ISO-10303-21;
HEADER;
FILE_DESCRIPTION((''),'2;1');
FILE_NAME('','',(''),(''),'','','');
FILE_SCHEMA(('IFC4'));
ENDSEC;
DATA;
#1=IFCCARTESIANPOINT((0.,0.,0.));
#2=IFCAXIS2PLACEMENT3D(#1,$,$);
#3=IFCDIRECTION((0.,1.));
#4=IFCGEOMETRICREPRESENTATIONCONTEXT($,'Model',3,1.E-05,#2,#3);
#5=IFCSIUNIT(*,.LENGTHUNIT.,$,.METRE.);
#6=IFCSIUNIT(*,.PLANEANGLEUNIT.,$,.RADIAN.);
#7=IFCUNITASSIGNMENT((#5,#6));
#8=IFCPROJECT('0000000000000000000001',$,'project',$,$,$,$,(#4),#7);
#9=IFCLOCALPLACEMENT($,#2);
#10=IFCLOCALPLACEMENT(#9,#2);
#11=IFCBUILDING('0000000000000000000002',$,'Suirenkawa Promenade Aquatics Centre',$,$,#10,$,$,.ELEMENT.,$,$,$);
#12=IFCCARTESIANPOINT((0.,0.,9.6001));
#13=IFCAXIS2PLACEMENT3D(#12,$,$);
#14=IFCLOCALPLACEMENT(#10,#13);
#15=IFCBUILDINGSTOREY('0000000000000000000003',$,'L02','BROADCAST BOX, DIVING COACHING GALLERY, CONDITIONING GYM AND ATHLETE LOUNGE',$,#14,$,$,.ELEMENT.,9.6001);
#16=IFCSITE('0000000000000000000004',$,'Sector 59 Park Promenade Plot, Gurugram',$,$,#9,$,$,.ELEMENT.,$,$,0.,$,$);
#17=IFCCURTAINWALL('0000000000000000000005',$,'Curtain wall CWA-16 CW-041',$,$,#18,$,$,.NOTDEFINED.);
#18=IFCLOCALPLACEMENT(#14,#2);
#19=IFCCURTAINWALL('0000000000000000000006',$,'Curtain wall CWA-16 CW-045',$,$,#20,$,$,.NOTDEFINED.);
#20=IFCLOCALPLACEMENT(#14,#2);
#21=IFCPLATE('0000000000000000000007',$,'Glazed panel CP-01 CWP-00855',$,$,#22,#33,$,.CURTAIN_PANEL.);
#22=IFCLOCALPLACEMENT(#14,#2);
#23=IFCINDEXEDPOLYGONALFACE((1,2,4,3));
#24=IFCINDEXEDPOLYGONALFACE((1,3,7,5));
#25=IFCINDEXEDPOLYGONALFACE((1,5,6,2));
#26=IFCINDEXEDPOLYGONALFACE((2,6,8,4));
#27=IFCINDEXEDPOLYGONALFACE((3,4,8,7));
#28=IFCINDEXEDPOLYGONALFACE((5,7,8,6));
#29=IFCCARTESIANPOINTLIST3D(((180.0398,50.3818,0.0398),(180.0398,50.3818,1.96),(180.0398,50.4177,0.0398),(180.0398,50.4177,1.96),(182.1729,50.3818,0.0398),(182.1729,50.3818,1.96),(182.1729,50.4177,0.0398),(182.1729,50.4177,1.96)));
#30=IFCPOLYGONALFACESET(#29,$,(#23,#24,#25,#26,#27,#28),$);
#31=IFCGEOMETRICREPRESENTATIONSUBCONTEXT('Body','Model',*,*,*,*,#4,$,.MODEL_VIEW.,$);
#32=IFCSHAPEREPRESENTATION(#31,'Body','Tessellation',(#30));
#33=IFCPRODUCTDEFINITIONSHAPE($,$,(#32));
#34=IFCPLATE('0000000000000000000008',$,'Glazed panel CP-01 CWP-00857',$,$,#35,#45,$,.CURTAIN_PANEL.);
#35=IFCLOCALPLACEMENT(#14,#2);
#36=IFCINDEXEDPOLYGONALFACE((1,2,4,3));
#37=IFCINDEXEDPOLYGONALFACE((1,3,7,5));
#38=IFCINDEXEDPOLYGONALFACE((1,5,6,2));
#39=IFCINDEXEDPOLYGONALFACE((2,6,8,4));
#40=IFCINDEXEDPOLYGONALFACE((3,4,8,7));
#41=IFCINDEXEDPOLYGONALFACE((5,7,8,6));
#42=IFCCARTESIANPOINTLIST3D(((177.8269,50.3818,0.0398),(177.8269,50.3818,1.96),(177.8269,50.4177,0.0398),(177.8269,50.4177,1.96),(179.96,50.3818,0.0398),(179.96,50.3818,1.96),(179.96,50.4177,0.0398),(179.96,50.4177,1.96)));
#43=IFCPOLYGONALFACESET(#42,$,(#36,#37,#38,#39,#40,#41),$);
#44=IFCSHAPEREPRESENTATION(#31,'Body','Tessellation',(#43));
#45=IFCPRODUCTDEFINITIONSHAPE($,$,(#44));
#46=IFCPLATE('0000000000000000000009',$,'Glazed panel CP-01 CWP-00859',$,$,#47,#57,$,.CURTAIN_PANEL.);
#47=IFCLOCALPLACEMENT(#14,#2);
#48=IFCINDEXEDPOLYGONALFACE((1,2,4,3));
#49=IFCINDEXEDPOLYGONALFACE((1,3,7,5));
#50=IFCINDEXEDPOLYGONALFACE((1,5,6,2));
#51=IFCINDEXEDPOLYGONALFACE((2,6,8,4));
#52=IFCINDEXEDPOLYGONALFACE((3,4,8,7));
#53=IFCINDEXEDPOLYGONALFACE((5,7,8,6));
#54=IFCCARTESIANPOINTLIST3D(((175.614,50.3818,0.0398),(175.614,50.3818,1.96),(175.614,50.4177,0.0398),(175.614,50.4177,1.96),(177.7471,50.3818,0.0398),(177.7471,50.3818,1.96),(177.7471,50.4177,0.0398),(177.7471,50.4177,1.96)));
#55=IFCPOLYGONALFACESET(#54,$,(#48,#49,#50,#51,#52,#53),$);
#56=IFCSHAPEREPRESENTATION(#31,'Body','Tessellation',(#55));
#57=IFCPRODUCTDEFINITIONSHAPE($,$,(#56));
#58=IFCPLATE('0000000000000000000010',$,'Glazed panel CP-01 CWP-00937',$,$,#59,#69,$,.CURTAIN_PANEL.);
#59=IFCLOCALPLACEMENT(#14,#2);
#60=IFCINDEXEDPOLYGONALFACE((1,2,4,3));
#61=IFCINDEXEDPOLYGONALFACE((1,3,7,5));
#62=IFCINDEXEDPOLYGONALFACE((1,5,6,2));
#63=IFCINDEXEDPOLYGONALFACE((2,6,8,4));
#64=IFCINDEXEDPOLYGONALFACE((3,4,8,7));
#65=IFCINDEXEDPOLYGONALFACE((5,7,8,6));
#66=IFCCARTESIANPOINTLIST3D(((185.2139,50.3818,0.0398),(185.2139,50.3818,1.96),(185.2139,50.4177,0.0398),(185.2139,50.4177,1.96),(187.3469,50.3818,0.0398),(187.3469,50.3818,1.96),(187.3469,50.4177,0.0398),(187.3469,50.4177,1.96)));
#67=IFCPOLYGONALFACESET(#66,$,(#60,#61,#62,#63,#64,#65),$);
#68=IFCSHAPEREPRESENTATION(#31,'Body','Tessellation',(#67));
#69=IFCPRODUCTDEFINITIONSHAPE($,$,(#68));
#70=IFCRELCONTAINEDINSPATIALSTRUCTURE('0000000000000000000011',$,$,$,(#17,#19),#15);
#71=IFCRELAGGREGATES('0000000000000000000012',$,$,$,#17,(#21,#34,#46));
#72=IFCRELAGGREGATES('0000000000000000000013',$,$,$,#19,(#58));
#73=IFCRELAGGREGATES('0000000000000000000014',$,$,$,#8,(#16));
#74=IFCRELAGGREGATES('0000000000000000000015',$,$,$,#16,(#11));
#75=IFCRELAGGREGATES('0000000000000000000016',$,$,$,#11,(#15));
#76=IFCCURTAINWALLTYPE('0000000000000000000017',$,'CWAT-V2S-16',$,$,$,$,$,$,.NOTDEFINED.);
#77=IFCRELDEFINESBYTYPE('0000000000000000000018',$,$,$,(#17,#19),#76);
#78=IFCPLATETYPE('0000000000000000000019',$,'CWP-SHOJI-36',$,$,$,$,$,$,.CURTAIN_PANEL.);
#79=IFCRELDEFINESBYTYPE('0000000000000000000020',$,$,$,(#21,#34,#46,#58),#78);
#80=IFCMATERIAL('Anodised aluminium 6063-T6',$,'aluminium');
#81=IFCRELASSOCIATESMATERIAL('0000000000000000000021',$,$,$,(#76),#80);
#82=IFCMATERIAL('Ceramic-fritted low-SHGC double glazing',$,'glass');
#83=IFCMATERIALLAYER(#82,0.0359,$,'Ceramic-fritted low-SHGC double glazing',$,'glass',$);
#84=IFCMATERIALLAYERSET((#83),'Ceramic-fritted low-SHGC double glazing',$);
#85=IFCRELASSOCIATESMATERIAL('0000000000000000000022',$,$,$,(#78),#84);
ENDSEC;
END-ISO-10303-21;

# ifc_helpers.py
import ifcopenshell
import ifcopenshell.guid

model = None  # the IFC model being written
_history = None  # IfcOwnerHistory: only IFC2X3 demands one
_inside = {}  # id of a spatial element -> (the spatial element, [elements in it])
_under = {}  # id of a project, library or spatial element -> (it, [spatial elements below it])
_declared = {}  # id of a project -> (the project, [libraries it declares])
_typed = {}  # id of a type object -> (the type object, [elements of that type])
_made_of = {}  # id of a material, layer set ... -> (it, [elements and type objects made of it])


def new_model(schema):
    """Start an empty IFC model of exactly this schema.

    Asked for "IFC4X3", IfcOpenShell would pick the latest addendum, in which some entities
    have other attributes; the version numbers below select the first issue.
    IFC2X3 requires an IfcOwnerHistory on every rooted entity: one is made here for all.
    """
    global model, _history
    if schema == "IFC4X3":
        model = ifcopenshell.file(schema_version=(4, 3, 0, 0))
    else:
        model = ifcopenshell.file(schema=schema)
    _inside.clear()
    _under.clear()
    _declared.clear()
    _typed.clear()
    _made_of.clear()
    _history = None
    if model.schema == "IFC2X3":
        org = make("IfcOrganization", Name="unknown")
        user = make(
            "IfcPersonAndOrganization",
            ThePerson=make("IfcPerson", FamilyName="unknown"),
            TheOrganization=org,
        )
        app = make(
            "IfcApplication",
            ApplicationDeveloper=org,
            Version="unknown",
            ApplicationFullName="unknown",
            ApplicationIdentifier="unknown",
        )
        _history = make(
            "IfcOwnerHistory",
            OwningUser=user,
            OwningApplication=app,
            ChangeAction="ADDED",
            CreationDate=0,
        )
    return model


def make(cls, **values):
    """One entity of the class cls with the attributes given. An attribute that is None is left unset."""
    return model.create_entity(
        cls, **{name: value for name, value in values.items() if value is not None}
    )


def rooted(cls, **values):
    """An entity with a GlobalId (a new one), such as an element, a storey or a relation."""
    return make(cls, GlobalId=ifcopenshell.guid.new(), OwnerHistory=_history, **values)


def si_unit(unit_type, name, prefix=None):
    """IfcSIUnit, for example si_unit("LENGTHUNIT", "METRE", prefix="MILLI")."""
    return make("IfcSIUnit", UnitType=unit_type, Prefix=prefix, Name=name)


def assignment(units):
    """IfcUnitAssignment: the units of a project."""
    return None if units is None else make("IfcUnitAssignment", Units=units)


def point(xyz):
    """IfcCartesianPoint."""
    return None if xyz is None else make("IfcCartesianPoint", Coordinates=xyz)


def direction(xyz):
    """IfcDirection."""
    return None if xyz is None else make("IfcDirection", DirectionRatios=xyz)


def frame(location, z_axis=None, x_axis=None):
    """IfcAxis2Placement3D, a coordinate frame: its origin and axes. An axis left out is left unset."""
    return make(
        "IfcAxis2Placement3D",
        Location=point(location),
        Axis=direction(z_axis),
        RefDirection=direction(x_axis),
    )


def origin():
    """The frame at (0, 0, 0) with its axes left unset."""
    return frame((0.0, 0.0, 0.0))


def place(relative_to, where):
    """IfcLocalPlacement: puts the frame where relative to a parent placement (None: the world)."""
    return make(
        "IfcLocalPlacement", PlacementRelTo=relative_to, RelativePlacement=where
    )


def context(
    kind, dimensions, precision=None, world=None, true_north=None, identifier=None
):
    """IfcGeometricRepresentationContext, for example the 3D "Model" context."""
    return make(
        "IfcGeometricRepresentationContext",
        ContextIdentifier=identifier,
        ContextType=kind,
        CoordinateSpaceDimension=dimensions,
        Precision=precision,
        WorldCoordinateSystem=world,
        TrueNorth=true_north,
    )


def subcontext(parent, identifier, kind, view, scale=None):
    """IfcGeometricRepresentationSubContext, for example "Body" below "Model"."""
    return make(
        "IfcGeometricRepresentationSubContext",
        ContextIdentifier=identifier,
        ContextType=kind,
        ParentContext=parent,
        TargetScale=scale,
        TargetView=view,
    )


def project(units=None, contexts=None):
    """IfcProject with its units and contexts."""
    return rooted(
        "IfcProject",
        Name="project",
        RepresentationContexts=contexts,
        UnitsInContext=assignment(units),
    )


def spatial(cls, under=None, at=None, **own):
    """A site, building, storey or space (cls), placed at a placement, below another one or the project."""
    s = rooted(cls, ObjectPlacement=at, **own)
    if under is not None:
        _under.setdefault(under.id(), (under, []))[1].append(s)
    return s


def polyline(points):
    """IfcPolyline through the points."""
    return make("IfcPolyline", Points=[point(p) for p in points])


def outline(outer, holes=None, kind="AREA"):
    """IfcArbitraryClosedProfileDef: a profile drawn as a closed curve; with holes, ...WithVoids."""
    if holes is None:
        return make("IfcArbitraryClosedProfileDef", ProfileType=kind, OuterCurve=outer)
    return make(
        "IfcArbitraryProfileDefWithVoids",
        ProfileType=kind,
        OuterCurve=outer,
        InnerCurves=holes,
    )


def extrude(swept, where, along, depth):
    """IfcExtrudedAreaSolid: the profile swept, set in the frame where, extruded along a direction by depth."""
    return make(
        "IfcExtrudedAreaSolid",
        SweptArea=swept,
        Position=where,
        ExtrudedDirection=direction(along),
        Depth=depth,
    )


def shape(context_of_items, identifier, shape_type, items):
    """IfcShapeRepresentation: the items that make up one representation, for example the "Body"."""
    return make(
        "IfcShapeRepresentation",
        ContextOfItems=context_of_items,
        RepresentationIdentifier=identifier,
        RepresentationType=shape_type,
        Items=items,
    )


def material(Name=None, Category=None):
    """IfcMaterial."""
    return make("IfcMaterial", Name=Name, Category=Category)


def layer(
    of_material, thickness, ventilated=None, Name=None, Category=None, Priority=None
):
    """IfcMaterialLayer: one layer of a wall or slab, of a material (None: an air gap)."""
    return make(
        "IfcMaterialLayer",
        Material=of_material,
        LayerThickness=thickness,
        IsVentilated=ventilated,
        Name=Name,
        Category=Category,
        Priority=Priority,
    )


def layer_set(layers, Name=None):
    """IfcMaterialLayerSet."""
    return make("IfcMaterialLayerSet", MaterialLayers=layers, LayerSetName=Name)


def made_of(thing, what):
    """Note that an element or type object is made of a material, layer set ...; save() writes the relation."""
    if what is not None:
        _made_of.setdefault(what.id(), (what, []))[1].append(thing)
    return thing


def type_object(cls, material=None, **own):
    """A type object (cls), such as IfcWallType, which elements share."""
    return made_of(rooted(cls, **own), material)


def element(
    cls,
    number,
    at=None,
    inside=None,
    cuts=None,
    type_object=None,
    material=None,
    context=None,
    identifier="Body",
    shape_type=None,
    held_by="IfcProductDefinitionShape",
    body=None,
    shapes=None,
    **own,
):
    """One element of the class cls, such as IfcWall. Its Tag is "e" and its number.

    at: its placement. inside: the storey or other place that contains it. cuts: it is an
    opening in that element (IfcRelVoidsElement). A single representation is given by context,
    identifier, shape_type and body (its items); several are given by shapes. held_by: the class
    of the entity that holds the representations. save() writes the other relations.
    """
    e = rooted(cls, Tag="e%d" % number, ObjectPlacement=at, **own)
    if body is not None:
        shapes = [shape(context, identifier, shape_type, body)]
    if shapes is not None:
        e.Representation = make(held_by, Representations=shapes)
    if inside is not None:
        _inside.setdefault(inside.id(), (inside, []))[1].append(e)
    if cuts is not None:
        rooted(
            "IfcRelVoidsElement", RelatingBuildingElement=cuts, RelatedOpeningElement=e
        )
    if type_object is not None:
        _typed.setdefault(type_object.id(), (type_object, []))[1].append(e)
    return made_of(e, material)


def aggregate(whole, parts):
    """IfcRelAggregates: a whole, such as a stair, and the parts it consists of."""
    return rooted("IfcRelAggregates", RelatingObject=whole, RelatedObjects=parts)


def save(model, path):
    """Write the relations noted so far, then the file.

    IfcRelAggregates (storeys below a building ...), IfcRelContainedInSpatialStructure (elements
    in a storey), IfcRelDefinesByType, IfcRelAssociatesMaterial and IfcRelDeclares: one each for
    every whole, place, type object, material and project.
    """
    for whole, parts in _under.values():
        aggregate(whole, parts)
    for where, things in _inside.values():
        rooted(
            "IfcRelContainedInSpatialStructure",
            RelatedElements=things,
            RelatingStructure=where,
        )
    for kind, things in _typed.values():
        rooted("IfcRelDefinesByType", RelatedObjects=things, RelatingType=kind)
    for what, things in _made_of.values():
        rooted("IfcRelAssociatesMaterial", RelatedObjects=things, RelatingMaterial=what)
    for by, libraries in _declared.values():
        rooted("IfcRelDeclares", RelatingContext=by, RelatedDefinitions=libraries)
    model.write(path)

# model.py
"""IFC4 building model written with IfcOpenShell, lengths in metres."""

from ifc_helpers import new_model, si_unit, direction, frame, origin, place, context, subcontext, project, spatial, polyline, outline, extrude, material, layer, layer_set, type_object, element, aggregate, save


model = new_model("IFC4")

# Units and contexts
model_context = context("Model", 3, precision=1e-05, world=origin(), true_north=direction((0.0, 1.0)))
body_context = subcontext(model_context, "Body", "Model", "MODEL_VIEW")
ifc_project = project(units=[si_unit("LENGTHUNIT", "METRE"), si_unit("PLANEANGLEUNIT", "RADIAN")], contexts=[model_context])

# Site, building, storey
site_placement = place(None, origin())
site = spatial("IfcSite", under=ifc_project, at=site_placement, Name="Sector 59 Park Promenade Plot, Gurugram", CompositionType="ELEMENT", RefElevation=0.0)
building_placement = place(site_placement, origin())
building = spatial("IfcBuilding", under=site, at=building_placement, Name="Suirenkawa Promenade Aquatics Centre", CompositionType="ELEMENT")
storey_placement = place(building_placement, frame((0.0, 0.0, 9.6001)))
storey = spatial("IfcBuildingStorey", under=building, at=storey_placement, Name="L02", Description="BROADCAST BOX, DIVING COACHING GALLERY, CONDITIONING GYM AND ATHLETE LOUNGE", CompositionType="ELEMENT", Elevation=9.6001)

# Shared definitions
ifc_material_1 = material(Name="Anodised aluminium 6063-T6", Category="aluminium")
curtain_wall_type = type_object("IfcCurtainWallType", Name="CWAT-V2S-16", PredefinedType="NOTDEFINED", material=ifc_material_1)

# Curtain walls
curtain_wall_1_placement = place(storey_placement, origin())
curtain_wall_1 = element("IfcCurtainWall", 1, at=curtain_wall_1_placement, inside=storey, type_object=curtain_wall_type, Name="Curtain wall CWA-16 CW-041", PredefinedType="NOTDEFINED")
curtain_wall_2_placement = place(storey_placement, origin())
curtain_wall_2 = element("IfcCurtainWall", 2, at=curtain_wall_2_placement, inside=storey, type_object=curtain_wall_type, Name="Curtain wall CWA-16 CW-045", PredefinedType="NOTDEFINED")

# Plates
ifc_material_2 = material(Name="Ceramic-fritted low-SHGC double glazing", Category="glass")
ifc_layer = layer(ifc_material_2, 0.0359, Name="Ceramic-fritted low-SHGC double glazing", Category="glass")
ifc_layer_set = layer_set([ifc_layer], Name="Ceramic-fritted low-SHGC double glazing")
plate_type = type_object("IfcPlateType", Name="CWP-SHOJI-36", PredefinedType="CURTAIN_PANEL", material=ifc_layer_set)
plate_1_placement = place(storey_placement, frame((182.2129, 50.3999, 0.0398), z_axis=(0.0, 0.0, 1.0), x_axis=(-1.0, 0.0, 0.0)))
plate_1 = element("IfcPlate", 3, at=plate_1_placement, type_object=plate_type, Name="Glazed panel CP-01 CWP-00855", PredefinedType="CURTAIN_PANEL", context=body_context, shape_type="SweptSolid", body=[
    extrude(outline(polyline([(0.04, 0.0), (2.1731, 0.0), (2.1731, 1.9202), (0.04, 1.9202), (0.04, 0.0)])), frame((0.0, 0.0181, 0.0), z_axis=(0.0, -1.0, 0.0), x_axis=(1.0, 0.0, 0.0)), (0.0, 0.0, 1.0), 0.0359),
])
plate_2_placement = place(storey_placement, frame((180.0, 50.3999, 0.0398), z_axis=(0.0, 0.0, 1.0), x_axis=(-1.0, 0.0, 0.0)))
plate_2 = element("IfcPlate", 4, at=plate_2_placement, type_object=plate_type, Name="Glazed panel CP-01 CWP-00857", PredefinedType="CURTAIN_PANEL", context=body_context, shape_type="SweptSolid", body=[
    extrude(outline(polyline([(0.04, 0.0), (2.1731, 0.0), (2.1731, 1.9202), (0.04, 1.9202), (0.04, 0.0)])), frame((0.0, 0.0181, 0.0), z_axis=(0.0, -1.0, 0.0), x_axis=(1.0, 0.0, 0.0)), (0.0, 0.0, 1.0), 0.0359),
])
plate_3_placement = place(storey_placement, frame((177.7871, 50.3999, 0.0398), z_axis=(0.0, 0.0, 1.0), x_axis=(-1.0, 0.0, 0.0)))
plate_3 = element("IfcPlate", 5, at=plate_3_placement, type_object=plate_type, Name="Glazed panel CP-01 CWP-00859", PredefinedType="CURTAIN_PANEL", context=body_context, shape_type="SweptSolid", body=[
    extrude(outline(polyline([(0.04, 0.0), (2.1731, 0.0), (2.1731, 1.9202), (0.04, 1.9202), (0.04, 0.0)])), frame((0.0, 0.0181, 0.0), z_axis=(0.0, -1.0, 0.0), x_axis=(1.0, 0.0, 0.0)), (0.0, 0.0, 1.0), 0.0359),
])
aggregate(curtain_wall_1, [plate_1, plate_2, plate_3])
plate_4_placement = place(storey_placement, frame((187.387, 50.3999, 0.0398), z_axis=(0.0, 0.0, 1.0), x_axis=(-1.0, 0.0, 0.0)))
plate_4 = element("IfcPlate", 6, at=plate_4_placement, type_object=plate_type, Name="Glazed panel CP-01 CWP-00937", PredefinedType="CURTAIN_PANEL", context=body_context, shape_type="SweptSolid", body=[
    extrude(outline(polyline([(0.04, 0.0), (2.1731, 0.0), (2.1731, 1.9202), (0.04, 1.9202), (0.04, 0.0)])), frame((0.0, 0.0181, 0.0), z_axis=(0.0, -1.0, 0.0), x_axis=(1.0, 0.0, 0.0)), (0.0, 0.0, 1.0), 0.0359),
])
aggregate(curtain_wall_2, [plate_4])

save(model, "model.ifc")
